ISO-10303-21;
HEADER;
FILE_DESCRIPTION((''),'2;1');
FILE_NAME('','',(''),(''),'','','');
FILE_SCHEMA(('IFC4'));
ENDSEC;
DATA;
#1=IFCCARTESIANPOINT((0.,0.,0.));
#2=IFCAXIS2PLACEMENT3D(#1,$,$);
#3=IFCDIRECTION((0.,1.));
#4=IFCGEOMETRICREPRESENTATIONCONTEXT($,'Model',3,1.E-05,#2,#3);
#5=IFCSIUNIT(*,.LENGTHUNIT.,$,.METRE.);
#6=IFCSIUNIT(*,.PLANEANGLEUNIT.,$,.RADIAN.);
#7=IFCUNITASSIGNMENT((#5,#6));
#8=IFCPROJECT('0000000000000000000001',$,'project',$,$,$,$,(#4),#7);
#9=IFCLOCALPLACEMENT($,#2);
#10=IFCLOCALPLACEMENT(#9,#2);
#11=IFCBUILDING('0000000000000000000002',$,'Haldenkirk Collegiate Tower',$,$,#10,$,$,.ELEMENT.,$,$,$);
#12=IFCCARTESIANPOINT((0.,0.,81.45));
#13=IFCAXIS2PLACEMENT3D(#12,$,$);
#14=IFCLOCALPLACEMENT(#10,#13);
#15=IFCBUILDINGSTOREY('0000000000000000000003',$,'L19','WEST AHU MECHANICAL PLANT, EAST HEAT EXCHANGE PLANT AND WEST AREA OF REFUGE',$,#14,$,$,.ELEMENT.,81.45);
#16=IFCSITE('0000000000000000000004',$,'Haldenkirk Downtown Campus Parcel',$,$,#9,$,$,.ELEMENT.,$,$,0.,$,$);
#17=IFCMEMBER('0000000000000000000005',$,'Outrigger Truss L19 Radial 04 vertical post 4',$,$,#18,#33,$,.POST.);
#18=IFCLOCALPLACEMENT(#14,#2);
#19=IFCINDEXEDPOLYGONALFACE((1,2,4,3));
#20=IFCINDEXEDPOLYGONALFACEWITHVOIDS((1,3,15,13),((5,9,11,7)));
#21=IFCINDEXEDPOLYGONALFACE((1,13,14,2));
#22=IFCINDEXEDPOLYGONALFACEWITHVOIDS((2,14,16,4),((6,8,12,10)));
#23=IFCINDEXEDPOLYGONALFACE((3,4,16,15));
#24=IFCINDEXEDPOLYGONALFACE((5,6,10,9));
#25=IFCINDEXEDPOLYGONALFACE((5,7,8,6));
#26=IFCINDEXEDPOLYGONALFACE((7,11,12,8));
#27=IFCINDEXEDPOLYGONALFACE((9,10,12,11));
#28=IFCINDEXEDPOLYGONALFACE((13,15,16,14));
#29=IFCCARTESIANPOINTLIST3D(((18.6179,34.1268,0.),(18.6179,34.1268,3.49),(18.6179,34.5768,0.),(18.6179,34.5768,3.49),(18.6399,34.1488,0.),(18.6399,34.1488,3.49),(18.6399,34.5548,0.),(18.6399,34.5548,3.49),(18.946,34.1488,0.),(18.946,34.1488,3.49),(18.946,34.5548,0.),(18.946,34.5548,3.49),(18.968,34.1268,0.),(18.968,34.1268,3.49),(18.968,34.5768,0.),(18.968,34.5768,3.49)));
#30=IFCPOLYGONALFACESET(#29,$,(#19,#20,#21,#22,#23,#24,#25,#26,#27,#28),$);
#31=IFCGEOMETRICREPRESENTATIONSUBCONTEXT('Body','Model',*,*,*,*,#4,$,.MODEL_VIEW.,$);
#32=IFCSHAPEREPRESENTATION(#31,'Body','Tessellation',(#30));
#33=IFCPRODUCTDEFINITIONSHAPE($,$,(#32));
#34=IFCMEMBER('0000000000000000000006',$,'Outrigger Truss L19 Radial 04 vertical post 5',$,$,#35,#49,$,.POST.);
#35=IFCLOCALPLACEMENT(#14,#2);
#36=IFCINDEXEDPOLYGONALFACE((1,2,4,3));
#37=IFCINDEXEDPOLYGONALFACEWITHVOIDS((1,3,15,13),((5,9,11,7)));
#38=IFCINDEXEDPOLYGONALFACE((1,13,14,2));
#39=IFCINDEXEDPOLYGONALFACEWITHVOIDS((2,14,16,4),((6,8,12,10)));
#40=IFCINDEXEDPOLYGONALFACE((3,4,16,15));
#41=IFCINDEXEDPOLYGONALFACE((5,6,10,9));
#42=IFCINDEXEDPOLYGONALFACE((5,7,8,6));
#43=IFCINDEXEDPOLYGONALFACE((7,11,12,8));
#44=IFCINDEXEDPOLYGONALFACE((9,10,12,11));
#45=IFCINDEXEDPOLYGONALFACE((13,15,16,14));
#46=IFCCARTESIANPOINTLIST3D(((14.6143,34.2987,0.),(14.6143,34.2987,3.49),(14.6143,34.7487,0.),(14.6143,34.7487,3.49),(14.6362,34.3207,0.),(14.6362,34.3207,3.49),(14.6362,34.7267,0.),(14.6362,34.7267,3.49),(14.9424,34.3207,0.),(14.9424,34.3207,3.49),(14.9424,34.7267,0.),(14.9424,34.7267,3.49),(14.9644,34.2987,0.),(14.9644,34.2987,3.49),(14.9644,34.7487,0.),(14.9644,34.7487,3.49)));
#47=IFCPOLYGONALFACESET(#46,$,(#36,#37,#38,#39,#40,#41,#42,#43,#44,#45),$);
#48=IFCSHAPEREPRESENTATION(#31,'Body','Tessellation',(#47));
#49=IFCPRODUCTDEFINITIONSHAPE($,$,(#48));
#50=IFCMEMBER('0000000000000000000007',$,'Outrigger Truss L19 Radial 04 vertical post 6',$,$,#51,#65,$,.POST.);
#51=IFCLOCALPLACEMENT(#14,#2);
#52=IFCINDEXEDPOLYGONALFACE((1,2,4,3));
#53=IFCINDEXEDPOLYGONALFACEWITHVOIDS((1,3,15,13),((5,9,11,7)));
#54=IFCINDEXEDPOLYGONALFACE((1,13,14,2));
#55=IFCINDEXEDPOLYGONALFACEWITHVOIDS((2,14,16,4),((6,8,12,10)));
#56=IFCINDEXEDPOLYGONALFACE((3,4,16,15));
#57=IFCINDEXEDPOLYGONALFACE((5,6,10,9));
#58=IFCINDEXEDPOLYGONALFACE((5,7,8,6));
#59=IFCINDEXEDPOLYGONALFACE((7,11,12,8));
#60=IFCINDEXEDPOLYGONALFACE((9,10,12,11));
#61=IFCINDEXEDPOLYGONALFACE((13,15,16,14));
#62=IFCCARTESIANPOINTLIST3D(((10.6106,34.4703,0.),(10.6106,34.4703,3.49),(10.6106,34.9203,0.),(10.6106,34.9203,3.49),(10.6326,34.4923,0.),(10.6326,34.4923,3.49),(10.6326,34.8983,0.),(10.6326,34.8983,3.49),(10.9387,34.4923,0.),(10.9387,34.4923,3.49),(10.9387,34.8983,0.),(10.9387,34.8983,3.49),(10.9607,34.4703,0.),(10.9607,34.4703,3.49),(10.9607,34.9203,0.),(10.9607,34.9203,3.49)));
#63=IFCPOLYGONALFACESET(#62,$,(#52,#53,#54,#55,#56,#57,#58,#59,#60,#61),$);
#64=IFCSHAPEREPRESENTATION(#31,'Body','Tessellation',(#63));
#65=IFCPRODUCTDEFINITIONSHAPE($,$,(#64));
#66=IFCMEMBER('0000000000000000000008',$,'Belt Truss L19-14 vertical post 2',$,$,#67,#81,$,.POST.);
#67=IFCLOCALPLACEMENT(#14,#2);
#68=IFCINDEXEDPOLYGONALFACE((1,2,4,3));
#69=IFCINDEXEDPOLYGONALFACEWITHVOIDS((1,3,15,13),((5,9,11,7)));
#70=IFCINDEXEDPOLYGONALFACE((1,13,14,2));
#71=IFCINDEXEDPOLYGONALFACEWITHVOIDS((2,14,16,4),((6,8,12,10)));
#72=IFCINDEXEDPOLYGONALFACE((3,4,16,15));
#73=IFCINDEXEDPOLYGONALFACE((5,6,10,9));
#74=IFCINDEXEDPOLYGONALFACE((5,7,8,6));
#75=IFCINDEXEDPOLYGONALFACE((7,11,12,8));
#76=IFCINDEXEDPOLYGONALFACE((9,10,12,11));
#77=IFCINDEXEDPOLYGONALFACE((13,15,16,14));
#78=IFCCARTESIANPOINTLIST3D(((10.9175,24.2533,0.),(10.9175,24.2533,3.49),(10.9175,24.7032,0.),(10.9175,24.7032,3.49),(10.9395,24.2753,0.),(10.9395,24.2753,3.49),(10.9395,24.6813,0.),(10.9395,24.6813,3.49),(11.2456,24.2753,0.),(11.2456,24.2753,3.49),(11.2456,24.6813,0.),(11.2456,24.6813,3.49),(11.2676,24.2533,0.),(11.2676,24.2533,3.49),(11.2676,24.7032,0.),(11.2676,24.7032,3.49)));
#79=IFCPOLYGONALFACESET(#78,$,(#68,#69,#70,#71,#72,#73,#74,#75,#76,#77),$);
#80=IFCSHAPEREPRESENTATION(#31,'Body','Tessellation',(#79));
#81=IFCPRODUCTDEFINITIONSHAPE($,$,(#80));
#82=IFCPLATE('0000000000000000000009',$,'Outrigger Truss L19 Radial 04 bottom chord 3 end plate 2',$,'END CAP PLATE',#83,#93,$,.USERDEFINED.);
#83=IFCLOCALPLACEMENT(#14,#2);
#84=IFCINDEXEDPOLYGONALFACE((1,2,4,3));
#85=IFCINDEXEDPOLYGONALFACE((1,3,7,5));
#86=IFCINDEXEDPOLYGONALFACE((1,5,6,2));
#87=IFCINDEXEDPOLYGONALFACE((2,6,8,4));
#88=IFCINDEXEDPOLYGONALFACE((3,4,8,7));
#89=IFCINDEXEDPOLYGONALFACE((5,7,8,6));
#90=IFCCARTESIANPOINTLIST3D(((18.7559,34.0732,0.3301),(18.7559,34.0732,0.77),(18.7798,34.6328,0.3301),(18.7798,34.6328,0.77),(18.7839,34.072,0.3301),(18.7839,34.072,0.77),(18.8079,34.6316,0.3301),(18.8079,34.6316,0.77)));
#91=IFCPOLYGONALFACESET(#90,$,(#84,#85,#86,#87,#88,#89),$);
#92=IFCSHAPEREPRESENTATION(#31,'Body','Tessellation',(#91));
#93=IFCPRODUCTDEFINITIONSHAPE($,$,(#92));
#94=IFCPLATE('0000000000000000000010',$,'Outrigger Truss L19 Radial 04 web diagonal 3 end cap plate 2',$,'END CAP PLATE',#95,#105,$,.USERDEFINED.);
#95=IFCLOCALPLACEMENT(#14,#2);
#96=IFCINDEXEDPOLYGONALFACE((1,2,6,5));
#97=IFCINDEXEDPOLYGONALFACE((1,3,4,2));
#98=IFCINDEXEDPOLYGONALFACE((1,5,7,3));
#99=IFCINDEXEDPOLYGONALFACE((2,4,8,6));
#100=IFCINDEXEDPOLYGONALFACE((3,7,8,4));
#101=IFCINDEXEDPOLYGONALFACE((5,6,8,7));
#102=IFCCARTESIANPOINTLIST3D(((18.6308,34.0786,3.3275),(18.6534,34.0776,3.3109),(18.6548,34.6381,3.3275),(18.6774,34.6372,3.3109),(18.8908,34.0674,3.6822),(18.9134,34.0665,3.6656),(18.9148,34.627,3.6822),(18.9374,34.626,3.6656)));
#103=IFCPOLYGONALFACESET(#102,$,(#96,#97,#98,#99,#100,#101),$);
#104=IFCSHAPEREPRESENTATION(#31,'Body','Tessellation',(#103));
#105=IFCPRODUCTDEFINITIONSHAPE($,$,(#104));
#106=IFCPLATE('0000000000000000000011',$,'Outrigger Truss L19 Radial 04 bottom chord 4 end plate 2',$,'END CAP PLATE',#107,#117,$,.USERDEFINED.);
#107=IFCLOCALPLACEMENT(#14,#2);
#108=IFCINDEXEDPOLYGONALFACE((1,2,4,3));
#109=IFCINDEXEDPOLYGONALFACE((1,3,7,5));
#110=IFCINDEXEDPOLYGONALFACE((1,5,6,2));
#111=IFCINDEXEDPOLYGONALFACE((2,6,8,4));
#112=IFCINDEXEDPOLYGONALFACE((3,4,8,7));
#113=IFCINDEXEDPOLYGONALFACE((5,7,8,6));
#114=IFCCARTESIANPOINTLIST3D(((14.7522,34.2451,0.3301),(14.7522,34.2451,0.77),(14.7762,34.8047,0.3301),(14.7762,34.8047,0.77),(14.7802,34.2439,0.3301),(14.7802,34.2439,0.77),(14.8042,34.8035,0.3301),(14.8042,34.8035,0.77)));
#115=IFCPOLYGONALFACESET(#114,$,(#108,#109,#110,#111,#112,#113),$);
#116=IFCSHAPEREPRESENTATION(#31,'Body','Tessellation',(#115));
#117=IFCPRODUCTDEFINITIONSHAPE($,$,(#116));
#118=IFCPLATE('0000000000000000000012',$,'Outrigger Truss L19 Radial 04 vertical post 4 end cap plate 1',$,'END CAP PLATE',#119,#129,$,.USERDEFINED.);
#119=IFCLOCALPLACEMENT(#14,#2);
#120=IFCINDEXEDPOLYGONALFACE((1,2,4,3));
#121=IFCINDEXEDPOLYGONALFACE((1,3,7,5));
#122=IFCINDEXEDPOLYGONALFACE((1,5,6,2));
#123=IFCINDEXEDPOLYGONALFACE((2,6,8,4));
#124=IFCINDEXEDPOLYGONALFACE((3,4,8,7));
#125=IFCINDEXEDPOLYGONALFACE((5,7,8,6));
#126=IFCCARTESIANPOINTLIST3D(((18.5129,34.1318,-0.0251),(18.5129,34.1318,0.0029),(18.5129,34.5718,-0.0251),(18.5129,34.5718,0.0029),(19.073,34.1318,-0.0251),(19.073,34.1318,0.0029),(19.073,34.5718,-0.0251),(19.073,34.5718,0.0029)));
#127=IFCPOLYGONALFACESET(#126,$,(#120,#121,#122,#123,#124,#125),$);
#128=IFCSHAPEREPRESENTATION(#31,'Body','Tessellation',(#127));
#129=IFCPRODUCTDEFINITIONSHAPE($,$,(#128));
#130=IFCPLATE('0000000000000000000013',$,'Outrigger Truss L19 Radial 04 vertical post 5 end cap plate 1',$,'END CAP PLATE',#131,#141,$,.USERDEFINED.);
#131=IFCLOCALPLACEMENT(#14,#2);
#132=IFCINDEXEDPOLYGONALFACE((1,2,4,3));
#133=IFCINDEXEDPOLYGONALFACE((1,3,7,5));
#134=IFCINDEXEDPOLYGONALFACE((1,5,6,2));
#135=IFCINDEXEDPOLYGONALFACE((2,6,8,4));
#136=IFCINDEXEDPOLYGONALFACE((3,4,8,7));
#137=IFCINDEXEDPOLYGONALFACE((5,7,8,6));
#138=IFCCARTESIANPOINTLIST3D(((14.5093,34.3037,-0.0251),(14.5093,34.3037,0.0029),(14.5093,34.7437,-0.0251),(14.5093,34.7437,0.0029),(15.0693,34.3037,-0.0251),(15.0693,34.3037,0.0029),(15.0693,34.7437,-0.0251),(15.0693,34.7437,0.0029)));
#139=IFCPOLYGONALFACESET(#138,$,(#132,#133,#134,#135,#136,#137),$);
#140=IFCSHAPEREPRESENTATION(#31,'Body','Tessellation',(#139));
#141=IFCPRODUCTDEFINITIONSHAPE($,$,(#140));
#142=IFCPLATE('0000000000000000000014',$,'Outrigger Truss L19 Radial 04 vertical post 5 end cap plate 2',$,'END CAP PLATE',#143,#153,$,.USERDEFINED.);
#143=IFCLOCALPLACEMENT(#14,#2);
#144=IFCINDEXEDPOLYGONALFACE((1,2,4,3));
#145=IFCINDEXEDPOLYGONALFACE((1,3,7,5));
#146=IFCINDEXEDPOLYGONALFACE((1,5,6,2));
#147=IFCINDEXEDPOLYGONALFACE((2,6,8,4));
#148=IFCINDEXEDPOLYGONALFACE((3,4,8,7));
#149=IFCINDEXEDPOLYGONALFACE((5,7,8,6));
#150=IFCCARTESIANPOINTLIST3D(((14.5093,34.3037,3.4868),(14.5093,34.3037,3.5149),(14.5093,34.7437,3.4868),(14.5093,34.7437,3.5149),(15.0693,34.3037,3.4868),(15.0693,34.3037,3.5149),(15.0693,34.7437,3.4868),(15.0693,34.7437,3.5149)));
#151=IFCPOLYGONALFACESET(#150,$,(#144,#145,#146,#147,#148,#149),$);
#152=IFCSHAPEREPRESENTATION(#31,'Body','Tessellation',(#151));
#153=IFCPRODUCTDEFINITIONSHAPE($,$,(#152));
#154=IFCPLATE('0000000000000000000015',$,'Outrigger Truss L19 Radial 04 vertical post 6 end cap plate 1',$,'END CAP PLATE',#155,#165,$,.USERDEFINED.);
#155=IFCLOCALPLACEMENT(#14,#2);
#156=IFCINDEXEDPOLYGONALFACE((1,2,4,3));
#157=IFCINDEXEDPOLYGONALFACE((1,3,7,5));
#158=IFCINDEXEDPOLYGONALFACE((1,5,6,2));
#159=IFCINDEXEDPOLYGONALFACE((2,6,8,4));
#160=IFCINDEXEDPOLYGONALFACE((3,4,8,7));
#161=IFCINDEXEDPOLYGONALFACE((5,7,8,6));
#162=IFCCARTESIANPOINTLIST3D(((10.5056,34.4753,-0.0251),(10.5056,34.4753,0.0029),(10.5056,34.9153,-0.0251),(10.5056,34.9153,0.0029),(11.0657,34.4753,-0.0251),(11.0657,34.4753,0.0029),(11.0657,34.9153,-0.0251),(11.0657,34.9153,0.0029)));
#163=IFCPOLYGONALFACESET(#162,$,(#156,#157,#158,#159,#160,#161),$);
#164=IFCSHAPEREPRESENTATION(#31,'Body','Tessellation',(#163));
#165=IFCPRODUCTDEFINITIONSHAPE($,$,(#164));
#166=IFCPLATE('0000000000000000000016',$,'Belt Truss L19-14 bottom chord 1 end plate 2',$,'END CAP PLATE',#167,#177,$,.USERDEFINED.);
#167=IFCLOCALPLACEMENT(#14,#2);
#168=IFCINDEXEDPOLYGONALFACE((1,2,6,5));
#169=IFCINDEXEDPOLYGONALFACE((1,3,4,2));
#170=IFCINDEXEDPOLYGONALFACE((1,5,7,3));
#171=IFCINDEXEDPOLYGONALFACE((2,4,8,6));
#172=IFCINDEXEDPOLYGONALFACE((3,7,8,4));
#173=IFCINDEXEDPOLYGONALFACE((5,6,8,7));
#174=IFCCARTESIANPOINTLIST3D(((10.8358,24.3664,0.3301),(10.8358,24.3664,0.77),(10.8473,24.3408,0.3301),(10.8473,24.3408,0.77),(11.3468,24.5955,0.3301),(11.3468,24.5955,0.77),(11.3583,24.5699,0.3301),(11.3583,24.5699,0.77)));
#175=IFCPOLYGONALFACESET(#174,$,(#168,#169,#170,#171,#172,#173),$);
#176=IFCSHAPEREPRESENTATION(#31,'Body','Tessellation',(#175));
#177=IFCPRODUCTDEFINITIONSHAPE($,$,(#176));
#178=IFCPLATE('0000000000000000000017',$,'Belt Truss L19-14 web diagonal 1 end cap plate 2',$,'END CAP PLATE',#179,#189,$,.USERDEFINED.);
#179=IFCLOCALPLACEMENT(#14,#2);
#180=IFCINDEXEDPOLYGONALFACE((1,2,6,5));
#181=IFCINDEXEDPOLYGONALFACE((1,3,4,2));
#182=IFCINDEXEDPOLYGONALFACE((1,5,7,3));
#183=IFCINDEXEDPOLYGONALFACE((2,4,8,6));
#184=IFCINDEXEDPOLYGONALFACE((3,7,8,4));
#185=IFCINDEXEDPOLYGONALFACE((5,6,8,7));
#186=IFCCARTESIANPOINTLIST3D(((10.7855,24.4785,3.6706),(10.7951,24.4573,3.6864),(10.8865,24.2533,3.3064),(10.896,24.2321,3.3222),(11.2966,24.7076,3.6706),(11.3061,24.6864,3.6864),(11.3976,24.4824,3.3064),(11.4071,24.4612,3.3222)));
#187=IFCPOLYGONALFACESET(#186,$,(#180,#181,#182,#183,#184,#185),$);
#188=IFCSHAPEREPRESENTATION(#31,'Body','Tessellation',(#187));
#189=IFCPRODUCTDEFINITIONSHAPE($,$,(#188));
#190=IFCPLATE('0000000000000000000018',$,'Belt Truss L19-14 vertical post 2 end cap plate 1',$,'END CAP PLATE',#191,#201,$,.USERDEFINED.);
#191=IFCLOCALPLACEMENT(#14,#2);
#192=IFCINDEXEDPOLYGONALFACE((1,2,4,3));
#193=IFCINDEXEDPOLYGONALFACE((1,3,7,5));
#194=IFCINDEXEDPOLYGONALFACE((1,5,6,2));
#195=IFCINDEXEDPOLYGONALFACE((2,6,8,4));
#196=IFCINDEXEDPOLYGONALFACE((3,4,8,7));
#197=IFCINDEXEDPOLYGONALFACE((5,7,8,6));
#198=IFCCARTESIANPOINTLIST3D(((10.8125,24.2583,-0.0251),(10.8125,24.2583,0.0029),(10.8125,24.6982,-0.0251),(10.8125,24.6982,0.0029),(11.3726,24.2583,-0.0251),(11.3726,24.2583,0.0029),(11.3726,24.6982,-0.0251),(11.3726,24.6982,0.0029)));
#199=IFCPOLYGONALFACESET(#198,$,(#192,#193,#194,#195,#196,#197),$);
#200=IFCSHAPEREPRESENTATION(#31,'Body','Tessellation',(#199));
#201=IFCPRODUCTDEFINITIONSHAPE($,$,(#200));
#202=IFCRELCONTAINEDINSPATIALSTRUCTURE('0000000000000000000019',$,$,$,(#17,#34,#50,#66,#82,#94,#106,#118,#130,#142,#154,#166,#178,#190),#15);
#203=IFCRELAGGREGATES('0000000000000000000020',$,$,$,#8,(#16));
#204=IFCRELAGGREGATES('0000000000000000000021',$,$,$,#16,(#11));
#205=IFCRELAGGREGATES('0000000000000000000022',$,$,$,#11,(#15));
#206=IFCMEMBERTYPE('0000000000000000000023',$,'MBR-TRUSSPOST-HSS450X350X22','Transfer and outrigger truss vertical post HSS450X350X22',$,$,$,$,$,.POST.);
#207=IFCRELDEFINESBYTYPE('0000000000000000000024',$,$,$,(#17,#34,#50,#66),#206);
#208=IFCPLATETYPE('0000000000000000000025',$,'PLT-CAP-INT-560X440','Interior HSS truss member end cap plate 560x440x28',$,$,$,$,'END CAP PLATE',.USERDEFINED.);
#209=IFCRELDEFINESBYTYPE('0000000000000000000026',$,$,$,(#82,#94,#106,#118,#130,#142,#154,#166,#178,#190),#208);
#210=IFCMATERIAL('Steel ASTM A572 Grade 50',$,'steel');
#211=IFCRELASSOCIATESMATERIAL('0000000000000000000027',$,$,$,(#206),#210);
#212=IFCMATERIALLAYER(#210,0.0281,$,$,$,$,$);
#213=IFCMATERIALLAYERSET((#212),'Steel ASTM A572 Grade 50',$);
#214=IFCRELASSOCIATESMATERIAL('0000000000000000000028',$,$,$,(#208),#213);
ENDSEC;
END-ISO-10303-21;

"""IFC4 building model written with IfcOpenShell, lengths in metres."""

from ifc_helpers import new_model, si_unit, direction, frame, origin, origin_2d, place, context, subcontext, project, spatial, rectangle, hollow_rectangle, extrude, source, transform, mapped, material, layer, layer_set, material_profile, profile_set, type_object, element, save


model = new_model("IFC4")

# Units and contexts
model_context = context("Model", 3, precision=1e-05, world=origin(), true_north=direction((0.0, 1.0)))
body_context = subcontext(model_context, "Body", "Model", "MODEL_VIEW")
ifc_project = project(units=[si_unit("LENGTHUNIT", "METRE"), si_unit("PLANEANGLEUNIT", "RADIAN")], contexts=[model_context])

# Site, building, storey
site_placement = place(None, origin())
site = spatial("IfcSite", under=ifc_project, at=site_placement, Name="Haldenkirk Downtown Campus Parcel", CompositionType="ELEMENT", RefElevation=0.0)
building_placement = place(site_placement, origin())
building = spatial("IfcBuilding", under=site, at=building_placement, Name="Haldenkirk Collegiate Tower", CompositionType="ELEMENT")
storey_placement = place(building_placement, frame((0.0, 0.0, 81.45)))
storey = spatial("IfcBuildingStorey", under=building, at=storey_placement, Name="L19", Description="WEST AHU MECHANICAL PLANT, EAST HEAT EXCHANGE PLANT AND WEST AREA OF REFUGE", CompositionType="ELEMENT", Elevation=81.45)

# Members
ifc_material_1 = material(Name="Steel ASTM A572 Grade 50", Category="steel")
ifc_material_profile_1 = material_profile(ifc_material_1, hollow_rectangle(XDim=0.3501, YDim=0.45, WallThickness=0.022, at=origin_2d()), Name="HSS450X350X22")
ifc_profile_set_1 = profile_set([ifc_material_profile_1], Name="Steel ASTM A572 Grade 50")
member_type_1 = type_object("IfcMemberType", Name="MBR-TRUSSPOST-HSS450X350X22", Description="Transfer and outrigger truss vertical post HSS450X350X22", PredefinedType="POST", material=ifc_profile_set_1)
for number, where, z_axis, x_axis, name in (
    (1, (18.793, 34.3518, 0.0), (0.0, 0.0, 1.0), (1.0, 0.0, 0.0), "Outrigger Truss L19 Radial 04 vertical post 4"),
    (2, (14.7893, 34.5237, 0.0), (0.0, 0.0, 1.0), (1.0, 0.0, 0.0), "Outrigger Truss L19 Radial 04 vertical post 5"),
    (3, (10.7856, 34.6953, 0.0), (0.0, 0.0, 1.0), (1.0, 0.0, 0.0), "Outrigger Truss L19 Radial 04 vertical post 6"),
    (4, (11.0925, 24.4783, 0.0), (0.0, 0.0, 1.0), (1.0, 0.0, 0.0), "Belt Truss L19-14 vertical post 2"),
):
    element("IfcMember", number, at=place(storey_placement, frame(where, z_axis=z_axis, x_axis=x_axis)), inside=storey, type_object=member_type_1, Name=name, PredefinedType="POST", context=body_context, shape_type="SweptSolid", body=[
        extrude(hollow_rectangle(XDim=0.3501, YDim=0.45, WallThickness=0.022, at=origin_2d()), origin(), (0.0, 0.0, 1.0), 3.49),
    ])

# Plates
ifc_layer = layer(ifc_material_1, 0.0281)
ifc_layer_set = layer_set([ifc_layer], Name="Steel ASTM A572 Grade 50")
plate_type = type_object("IfcPlateType", Name="PLT-CAP-INT-560X440", Description="Interior HSS truss member end cap plate 560x440x28", ElementType="END CAP PLATE", PredefinedType="USERDEFINED", material=ifc_layer_set)
shared_shape = source(origin(), body_context, "Body", "SweptSolid", [
    extrude(rectangle(XDim=0.5601, YDim=0.4399, at=origin_2d()), origin(), (0.0, 0.0, 1.0), 0.0281),
])
for number, where, z_axis, x_axis, name in (
    (5, (18.7959, 34.3518, 0.55), (-0.999082, 0.042834, 0.0), (-0.042834, -0.999082, 0.0), "Outrigger Truss L19 Radial 04 bottom chord 3 end plate 2"),
    (6, (18.7954, 34.3518, 3.4883), (-0.805538, 0.034526, 0.591538), (-0.042822, -0.999083, 0.0), "Outrigger Truss L19 Radial 04 web diagonal 3 end cap plate 2"),
    (7, (14.7922, 34.5237, 0.55), (-0.999082, 0.042834, 0.0), (-0.042834, -0.999082, 0.0), "Outrigger Truss L19 Radial 04 bottom chord 4 end plate 2"),
    (8, (18.793, 34.3518, 0.0029), (0.0, 0.0, -1.0), (1.0, 0.0, 0.0), "Outrigger Truss L19 Radial 04 vertical post 4 end cap plate 1"),
    (9, (14.7893, 34.5237, 0.0029), (0.0, 0.0, -1.0), (1.0, 0.0, 0.0), "Outrigger Truss L19 Radial 04 vertical post 5 end cap plate 1"),
    (10, (14.7893, 34.5237, 3.4868), (0.0, 0.0, 1.0), (1.0, 0.0, 0.0), "Outrigger Truss L19 Radial 04 vertical post 5 end cap plate 2"),
    (11, (10.7856, 34.6953, 0.0029), (0.0, 0.0, -1.0), (1.0, 0.0, 0.0), "Outrigger Truss L19 Radial 04 vertical post 6 end cap plate 1"),
    (12, (11.0913, 24.481, 0.55), (0.409128, -0.912477, 0.0), (0.912477, 0.409128, 0.0), "Belt Truss L19-14 bottom chord 1 end plate 2"),
    (13, (11.0916, 24.4805, 3.4885), (0.33868, -0.755365, 0.560999), (0.912479, 0.409124, 0.0), "Belt Truss L19-14 web diagonal 1 end cap plate 2"),
    (14, (11.0925, 24.4783, 0.0029), (0.0, 0.0, -1.0), (1.0, 0.0, 0.0), "Belt Truss L19-14 vertical post 2 end cap plate 1"),
):
    element("IfcPlate", number, at=place(storey_placement, frame(where, z_axis=z_axis, x_axis=x_axis)), inside=storey, type_object=plate_type, Name=name, ObjectType="END CAP PLATE", PredefinedType="USERDEFINED", context=body_context, shape_type="MappedRepresentation", body=[
        mapped(shared_shape, transform((0.0, 0.0, 0.0), x_axis=(1.0, 0.0, 0.0), y_axis=(0.0, 1.0, 0.0), z_axis=(0.0, 0.0, 1.0), scale=1.0)),
    ])

save(model, "model.ifc")
